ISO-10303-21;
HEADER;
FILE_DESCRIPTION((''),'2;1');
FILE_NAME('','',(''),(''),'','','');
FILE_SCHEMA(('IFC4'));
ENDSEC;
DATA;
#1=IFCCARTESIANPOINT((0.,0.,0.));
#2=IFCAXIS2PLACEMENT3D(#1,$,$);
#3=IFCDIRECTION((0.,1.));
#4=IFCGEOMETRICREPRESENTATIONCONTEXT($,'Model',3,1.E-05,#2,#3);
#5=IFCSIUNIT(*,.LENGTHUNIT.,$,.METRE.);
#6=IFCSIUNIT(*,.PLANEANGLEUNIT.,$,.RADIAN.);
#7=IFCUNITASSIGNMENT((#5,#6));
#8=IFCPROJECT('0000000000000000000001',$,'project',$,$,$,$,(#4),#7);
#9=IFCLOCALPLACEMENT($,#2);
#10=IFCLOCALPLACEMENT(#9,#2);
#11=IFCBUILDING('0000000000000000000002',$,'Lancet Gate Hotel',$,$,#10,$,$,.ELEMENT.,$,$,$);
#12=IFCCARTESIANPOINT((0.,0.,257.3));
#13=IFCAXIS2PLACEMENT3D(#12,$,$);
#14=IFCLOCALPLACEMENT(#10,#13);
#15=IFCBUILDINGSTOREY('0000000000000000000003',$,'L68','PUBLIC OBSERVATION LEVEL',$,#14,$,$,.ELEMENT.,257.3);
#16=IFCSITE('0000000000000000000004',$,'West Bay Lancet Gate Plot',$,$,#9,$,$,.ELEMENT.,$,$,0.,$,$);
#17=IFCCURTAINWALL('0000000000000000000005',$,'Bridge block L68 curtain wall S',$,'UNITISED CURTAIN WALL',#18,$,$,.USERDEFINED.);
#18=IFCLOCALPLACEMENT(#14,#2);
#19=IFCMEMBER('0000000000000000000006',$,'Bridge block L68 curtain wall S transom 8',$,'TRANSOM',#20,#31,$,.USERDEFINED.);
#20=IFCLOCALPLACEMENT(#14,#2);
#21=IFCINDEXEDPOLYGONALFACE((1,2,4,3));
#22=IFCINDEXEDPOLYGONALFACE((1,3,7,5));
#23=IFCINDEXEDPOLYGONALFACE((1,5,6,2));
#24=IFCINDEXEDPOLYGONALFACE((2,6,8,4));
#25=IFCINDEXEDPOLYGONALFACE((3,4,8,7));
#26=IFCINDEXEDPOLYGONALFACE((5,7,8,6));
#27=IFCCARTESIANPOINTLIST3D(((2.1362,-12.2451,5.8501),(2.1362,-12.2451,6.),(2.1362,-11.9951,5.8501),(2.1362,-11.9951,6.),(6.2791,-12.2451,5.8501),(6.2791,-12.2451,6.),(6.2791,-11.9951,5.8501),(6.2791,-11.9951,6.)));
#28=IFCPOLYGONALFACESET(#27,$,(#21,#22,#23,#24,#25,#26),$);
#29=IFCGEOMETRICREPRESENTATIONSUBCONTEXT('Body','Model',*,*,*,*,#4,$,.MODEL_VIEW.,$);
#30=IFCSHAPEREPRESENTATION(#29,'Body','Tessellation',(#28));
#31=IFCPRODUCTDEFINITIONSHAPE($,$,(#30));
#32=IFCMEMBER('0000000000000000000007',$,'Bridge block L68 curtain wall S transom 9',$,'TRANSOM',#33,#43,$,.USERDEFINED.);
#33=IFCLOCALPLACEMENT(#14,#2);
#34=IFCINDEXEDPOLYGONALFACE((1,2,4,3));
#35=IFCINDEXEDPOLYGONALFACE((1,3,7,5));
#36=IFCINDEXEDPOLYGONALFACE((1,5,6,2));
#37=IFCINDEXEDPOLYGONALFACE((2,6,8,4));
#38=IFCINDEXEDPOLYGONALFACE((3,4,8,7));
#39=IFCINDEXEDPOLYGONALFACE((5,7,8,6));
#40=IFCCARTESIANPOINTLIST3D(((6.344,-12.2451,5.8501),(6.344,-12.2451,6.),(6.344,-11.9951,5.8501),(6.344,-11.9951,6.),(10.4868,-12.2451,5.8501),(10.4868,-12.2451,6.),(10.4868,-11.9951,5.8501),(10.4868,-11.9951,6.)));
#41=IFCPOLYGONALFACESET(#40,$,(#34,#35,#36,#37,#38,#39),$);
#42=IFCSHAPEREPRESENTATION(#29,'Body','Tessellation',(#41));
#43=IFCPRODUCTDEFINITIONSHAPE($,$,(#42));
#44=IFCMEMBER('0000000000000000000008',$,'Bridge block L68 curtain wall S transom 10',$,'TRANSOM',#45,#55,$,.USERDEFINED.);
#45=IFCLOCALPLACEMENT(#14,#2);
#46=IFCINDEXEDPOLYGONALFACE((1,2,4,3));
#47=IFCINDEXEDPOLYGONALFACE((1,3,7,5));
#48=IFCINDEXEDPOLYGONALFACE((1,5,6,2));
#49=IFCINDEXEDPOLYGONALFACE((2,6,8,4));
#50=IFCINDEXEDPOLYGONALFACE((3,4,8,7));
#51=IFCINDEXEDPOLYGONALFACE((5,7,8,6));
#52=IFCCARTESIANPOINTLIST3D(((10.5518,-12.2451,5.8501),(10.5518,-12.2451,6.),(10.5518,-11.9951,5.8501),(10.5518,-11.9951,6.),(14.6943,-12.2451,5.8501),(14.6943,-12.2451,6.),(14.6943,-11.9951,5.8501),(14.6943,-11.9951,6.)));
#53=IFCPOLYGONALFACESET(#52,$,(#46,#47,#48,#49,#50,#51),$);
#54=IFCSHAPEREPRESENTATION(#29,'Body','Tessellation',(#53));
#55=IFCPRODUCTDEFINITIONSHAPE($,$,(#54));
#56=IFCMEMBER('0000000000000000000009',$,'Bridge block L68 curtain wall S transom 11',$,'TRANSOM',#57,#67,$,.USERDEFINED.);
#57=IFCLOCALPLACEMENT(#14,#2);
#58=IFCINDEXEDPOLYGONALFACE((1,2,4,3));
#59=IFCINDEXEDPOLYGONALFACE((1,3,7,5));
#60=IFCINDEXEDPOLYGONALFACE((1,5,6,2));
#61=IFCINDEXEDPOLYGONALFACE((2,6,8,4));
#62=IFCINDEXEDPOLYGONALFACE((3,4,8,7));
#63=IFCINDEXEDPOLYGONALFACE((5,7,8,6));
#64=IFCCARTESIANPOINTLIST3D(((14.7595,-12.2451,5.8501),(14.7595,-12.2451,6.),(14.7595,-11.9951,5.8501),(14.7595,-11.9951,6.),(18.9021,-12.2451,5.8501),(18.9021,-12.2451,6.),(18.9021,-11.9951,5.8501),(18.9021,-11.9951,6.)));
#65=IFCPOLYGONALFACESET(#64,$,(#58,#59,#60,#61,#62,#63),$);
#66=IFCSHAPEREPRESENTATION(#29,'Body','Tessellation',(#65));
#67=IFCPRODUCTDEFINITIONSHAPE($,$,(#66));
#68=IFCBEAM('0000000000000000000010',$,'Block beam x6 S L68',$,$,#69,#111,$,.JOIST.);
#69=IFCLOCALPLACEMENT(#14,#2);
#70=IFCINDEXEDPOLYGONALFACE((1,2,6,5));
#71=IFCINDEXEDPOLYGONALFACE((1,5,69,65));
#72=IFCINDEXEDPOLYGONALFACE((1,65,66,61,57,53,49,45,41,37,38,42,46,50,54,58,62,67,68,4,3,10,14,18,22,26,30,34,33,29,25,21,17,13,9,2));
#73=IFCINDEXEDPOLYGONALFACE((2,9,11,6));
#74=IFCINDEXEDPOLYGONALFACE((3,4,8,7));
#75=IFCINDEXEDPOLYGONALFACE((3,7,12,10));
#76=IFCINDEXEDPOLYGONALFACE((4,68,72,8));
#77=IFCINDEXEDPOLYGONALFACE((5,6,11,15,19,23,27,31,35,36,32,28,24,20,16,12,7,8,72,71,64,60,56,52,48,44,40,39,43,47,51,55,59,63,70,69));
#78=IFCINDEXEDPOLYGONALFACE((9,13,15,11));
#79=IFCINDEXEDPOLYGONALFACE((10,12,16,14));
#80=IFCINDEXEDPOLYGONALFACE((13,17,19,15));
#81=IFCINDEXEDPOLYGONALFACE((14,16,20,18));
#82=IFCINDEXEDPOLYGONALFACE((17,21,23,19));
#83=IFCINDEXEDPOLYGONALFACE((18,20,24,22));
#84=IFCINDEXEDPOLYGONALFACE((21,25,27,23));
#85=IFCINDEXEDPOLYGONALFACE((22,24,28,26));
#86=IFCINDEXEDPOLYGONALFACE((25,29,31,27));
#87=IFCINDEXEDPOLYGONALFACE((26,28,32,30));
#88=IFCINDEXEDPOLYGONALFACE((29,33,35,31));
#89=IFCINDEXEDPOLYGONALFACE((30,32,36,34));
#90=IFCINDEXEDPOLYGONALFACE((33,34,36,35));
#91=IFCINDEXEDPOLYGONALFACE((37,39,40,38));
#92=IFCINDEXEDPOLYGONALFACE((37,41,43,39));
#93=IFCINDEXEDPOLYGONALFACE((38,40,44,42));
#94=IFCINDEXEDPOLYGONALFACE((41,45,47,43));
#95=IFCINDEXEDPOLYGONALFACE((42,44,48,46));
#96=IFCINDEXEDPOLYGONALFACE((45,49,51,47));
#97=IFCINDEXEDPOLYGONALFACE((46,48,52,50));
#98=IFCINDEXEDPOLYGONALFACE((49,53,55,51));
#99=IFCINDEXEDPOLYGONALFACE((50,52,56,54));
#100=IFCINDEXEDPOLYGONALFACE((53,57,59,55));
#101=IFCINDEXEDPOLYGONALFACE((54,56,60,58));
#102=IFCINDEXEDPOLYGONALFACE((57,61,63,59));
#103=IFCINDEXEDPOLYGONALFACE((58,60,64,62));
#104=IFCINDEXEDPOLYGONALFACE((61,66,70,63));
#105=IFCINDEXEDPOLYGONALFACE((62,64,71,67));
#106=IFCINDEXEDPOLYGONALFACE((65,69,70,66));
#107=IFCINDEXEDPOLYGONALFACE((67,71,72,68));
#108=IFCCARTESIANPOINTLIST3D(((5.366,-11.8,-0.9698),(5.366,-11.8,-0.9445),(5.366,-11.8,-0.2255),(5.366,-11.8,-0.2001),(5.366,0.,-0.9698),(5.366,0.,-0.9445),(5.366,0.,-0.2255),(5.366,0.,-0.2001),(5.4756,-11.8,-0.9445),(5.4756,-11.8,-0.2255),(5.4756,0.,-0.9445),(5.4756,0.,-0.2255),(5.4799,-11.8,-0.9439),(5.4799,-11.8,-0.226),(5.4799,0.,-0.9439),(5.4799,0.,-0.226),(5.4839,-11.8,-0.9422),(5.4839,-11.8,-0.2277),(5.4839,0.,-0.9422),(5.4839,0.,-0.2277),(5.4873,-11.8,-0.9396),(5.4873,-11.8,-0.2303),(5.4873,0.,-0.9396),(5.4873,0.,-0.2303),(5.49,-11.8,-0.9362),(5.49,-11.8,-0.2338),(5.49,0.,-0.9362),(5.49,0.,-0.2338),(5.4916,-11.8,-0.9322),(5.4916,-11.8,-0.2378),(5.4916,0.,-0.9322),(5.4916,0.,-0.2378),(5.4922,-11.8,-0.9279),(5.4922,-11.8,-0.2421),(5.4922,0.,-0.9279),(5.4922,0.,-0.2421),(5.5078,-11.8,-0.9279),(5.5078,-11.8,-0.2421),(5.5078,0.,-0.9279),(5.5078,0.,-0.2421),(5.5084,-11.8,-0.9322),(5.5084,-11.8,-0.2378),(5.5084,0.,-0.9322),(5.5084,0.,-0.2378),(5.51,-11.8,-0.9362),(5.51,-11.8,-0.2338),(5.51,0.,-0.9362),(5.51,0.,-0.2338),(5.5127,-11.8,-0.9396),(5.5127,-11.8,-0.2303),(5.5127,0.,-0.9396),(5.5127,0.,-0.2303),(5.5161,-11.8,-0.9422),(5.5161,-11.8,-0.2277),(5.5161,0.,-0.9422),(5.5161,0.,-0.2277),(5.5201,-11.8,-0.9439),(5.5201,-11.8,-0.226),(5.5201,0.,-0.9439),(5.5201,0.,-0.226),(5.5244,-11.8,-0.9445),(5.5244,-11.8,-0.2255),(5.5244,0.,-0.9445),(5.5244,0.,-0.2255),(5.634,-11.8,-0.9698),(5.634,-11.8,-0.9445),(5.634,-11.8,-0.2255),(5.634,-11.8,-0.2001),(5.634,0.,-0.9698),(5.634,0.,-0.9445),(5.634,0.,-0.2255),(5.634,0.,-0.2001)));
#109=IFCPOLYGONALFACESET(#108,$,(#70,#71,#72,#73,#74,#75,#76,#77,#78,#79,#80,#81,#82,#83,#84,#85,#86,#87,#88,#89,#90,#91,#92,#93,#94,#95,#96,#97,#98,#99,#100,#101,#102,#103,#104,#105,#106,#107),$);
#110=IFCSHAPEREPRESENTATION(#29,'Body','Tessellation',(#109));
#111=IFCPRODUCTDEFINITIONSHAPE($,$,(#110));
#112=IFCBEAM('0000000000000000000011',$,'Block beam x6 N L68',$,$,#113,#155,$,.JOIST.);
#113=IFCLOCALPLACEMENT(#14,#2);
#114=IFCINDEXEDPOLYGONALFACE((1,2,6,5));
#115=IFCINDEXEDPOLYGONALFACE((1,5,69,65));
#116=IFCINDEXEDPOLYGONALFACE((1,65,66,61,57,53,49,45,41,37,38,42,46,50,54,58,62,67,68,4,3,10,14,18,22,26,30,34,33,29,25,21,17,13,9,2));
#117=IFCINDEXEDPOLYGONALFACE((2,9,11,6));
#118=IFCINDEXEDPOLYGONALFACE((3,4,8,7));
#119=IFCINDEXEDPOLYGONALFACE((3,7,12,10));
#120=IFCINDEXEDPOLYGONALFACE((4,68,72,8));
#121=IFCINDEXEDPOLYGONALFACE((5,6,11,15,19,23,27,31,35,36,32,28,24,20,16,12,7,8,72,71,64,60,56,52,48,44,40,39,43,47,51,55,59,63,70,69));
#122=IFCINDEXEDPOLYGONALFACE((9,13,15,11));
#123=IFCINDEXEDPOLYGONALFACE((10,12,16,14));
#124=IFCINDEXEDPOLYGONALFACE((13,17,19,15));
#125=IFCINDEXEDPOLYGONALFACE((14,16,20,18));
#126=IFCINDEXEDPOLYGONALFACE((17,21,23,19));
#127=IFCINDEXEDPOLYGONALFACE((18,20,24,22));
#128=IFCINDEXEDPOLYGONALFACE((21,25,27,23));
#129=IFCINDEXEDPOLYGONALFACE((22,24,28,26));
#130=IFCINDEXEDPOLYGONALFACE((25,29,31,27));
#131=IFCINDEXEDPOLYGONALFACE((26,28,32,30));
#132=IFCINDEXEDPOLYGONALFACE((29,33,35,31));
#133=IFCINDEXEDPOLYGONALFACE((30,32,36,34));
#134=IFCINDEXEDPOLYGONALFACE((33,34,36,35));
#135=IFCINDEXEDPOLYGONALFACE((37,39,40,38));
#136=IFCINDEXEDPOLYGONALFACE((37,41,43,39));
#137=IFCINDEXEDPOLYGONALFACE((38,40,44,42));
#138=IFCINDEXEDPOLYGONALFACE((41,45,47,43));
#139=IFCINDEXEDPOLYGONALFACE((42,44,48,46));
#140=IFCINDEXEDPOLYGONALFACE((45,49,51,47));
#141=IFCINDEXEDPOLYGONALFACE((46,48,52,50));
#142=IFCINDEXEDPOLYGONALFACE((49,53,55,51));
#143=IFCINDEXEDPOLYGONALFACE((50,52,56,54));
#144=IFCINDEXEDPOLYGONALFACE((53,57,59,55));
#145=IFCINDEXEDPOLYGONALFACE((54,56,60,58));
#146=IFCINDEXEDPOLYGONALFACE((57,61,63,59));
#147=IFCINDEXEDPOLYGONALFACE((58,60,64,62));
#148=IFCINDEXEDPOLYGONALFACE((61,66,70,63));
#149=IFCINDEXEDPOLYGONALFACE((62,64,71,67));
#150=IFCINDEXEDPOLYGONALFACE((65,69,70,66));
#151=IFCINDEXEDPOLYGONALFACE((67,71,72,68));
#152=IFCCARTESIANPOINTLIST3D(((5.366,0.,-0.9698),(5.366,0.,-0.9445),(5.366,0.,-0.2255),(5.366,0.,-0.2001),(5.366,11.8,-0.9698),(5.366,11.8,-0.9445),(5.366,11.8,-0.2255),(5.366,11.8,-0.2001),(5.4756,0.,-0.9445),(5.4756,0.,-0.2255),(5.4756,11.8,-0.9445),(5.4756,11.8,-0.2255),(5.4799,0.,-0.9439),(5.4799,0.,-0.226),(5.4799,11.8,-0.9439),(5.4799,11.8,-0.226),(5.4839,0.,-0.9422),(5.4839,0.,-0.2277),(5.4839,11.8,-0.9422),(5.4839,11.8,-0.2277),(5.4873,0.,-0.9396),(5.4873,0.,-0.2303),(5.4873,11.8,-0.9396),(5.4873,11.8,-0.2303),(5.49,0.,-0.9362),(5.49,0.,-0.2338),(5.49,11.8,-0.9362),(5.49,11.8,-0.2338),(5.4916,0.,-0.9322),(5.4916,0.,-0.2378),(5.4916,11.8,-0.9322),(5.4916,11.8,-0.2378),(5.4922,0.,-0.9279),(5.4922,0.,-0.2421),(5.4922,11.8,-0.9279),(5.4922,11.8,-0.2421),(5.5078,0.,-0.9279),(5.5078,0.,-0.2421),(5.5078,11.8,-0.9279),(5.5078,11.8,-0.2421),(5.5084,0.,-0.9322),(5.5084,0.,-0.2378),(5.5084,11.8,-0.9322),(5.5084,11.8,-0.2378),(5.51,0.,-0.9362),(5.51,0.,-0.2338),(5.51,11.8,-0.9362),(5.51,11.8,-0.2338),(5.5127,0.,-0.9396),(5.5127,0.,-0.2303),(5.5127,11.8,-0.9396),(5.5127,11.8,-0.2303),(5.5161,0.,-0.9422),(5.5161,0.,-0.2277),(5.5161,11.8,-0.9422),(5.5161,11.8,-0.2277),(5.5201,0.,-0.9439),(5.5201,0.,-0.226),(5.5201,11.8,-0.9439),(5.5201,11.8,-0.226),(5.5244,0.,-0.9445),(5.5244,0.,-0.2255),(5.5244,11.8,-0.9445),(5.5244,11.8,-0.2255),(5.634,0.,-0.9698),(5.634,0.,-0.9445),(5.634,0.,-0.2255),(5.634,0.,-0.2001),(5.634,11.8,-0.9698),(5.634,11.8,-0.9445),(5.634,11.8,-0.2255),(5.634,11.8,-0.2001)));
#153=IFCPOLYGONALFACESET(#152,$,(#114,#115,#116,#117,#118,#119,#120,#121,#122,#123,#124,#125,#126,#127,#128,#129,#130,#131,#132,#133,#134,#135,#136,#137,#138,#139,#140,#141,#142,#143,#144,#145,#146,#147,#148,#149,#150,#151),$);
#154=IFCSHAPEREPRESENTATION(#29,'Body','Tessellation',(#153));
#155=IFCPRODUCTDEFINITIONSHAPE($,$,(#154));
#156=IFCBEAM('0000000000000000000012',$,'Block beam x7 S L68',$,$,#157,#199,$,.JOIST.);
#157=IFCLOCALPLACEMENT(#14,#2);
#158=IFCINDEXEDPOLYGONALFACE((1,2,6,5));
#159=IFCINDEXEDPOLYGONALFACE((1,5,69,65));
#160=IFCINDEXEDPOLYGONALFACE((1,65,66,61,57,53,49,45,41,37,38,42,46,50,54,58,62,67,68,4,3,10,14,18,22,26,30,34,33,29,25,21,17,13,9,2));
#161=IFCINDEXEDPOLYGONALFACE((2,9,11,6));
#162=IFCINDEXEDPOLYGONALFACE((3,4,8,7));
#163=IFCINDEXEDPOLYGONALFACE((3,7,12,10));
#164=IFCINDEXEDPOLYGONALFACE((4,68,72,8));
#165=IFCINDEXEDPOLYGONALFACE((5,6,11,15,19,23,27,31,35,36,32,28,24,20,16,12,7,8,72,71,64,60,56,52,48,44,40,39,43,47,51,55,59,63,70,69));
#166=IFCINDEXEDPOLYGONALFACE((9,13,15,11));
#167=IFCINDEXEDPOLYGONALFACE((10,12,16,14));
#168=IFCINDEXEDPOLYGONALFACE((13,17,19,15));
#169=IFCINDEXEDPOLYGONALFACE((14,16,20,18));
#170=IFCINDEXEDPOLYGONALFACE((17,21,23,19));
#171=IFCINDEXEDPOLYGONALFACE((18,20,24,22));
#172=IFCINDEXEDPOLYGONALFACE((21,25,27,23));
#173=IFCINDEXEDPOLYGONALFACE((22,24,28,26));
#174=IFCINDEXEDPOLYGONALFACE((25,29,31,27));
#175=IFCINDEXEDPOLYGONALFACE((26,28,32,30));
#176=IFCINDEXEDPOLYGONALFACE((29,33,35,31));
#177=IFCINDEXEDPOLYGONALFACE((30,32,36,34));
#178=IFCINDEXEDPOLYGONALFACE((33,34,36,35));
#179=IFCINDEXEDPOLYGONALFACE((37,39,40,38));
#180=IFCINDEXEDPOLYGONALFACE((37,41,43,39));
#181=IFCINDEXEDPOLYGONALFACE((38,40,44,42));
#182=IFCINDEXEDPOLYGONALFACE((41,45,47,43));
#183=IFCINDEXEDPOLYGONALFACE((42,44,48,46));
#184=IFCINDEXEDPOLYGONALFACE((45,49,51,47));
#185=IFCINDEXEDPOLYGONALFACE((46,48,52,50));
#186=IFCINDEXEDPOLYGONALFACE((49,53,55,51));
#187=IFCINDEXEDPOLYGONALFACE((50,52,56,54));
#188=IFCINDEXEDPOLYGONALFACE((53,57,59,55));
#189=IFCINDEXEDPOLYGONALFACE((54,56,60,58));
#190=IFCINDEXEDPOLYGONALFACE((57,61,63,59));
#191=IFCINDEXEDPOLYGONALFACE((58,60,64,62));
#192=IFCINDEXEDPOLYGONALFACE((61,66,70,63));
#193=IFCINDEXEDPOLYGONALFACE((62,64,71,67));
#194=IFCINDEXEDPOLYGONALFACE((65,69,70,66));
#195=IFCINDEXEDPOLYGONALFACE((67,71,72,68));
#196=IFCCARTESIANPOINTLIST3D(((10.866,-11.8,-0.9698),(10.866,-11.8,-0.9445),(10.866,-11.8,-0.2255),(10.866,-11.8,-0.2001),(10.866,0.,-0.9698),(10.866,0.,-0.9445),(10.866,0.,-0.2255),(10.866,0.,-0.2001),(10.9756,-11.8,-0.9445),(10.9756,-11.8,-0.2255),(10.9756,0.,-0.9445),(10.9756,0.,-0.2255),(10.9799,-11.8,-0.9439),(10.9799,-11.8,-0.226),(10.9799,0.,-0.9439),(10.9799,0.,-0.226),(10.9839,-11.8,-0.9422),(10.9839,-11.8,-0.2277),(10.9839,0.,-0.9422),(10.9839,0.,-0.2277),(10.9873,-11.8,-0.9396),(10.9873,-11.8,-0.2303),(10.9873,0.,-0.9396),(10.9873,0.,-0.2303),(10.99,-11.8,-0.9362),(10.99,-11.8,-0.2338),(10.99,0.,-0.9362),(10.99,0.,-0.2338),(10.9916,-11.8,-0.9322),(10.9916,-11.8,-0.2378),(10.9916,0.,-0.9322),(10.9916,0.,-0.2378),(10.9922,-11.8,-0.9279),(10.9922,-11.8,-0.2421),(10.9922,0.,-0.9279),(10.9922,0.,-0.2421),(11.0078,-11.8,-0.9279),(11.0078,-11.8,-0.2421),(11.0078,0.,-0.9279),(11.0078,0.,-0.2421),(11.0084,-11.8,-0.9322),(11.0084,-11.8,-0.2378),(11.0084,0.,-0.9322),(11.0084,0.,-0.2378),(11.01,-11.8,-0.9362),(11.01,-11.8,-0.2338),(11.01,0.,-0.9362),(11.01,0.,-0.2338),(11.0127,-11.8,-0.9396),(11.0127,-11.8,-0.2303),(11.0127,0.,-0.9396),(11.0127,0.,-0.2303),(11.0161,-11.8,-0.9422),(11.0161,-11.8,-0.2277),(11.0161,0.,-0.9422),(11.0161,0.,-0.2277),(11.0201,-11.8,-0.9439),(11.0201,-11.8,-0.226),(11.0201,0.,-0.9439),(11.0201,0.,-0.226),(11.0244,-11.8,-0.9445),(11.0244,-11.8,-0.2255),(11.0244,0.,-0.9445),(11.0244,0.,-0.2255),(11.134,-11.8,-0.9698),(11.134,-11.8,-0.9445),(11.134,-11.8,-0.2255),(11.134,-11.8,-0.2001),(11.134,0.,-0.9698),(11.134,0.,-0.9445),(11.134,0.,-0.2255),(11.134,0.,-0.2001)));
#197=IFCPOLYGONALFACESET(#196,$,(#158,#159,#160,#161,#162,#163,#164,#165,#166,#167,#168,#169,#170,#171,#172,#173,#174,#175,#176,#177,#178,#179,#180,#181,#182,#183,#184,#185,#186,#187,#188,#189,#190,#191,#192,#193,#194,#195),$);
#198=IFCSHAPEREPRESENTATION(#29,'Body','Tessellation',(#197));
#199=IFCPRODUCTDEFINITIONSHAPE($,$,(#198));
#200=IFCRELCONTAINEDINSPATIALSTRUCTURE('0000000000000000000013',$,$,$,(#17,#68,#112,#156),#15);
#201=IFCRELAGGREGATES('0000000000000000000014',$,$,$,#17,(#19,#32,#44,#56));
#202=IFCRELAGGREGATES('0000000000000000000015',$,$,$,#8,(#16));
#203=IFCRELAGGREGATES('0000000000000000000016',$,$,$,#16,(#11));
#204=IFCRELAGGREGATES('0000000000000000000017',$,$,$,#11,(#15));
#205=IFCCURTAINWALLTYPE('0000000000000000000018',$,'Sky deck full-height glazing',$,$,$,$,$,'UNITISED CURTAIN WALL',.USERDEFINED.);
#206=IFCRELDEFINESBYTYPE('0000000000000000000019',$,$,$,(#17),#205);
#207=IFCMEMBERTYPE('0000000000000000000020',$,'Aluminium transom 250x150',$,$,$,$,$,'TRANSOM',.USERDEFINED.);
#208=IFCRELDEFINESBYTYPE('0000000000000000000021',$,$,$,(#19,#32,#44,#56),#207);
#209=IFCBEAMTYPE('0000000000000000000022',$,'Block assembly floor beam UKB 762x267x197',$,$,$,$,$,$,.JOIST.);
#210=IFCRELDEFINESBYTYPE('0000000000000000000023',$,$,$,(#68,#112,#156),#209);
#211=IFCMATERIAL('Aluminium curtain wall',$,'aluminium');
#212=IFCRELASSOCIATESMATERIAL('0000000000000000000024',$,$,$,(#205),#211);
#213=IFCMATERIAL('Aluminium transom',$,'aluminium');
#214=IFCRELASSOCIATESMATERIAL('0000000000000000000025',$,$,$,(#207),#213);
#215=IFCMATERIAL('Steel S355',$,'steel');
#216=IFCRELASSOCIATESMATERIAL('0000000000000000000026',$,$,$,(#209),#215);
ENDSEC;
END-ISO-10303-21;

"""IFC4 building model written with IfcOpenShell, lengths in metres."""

from ifc_helpers import new_model, si_unit, direction, frame, origin, origin_2d, place, context, subcontext, project, spatial, rectangle, i_section, extrude, material, material_profile, profile_set, type_object, element, aggregate, save


model = new_model("IFC4")

# Units and contexts
model_context = context("Model", 3, precision=1e-05, world=origin(), true_north=direction((0.0, 1.0)))
body_context = subcontext(model_context, "Body", "Model", "MODEL_VIEW")
ifc_project = project(units=[si_unit("LENGTHUNIT", "METRE"), si_unit("PLANEANGLEUNIT", "RADIAN")], contexts=[model_context])

# Site, building, storey
site_placement = place(None, origin())
site = spatial("IfcSite", under=ifc_project, at=site_placement, Name="West Bay Lancet Gate Plot", CompositionType="ELEMENT", RefElevation=0.0)
building_placement = place(site_placement, origin())
building = spatial("IfcBuilding", under=site, at=building_placement, Name="Lancet Gate Hotel", CompositionType="ELEMENT")
storey_placement = place(building_placement, frame((0.0, 0.0, 257.3)))
storey = spatial("IfcBuildingStorey", under=building, at=storey_placement, Name="L68", Description="PUBLIC OBSERVATION LEVEL", CompositionType="ELEMENT", Elevation=257.3)

# Curtain wall, members
ifc_material_1 = material(Name="Aluminium curtain wall", Category="aluminium")
curtain_wall_type = type_object("IfcCurtainWallType", Name="Sky deck full-height glazing", ElementType="UNITISED CURTAIN WALL", PredefinedType="USERDEFINED", material=ifc_material_1)
curtain_wall_placement = place(storey_placement, origin())
curtain_wall = element("IfcCurtainWall", 1, at=curtain_wall_placement, inside=storey, type_object=curtain_wall_type, Name="Bridge block L68 curtain wall S", ObjectType="UNITISED CURTAIN WALL", PredefinedType="USERDEFINED")
ifc_material_2 = material(Name="Aluminium transom", Category="aluminium")
ifc_material_profile_1 = material_profile(ifc_material_2, rectangle(XDim=0.25, YDim=0.1499, at=origin_2d()), Name="TRANSOM 250x150")
ifc_profile_set_1 = profile_set([ifc_material_profile_1], Name="Aluminium transom")
member_type_1 = type_object("IfcMemberType", Name="Aluminium transom 250x150", ElementType="TRANSOM", PredefinedType="USERDEFINED", material=ifc_profile_set_1)
member_1_placement = place(storey_placement, frame((2.1362, -12.1201, 5.925), z_axis=(1.0, 0.0, 0.0), x_axis=(0.0, 1.0, 0.0)))
member_1 = element("IfcMember", 2, at=member_1_placement, type_object=member_type_1, Name="Bridge block L68 curtain wall S transom 8", ObjectType="TRANSOM", PredefinedType="USERDEFINED", context=body_context, shape_type="SweptSolid", body=[
    extrude(rectangle(XDim=0.25, YDim=0.1499, at=origin_2d()), origin(), (0.0, 0.0, 1.0), 4.1428),
])
member_2_placement = place(storey_placement, frame((6.344, -12.1201, 5.925), z_axis=(1.0, 0.0, 0.0), x_axis=(0.0, 1.0, 0.0)))
member_2 = element("IfcMember", 3, at=member_2_placement, type_object=member_type_1, Name="Bridge block L68 curtain wall S transom 9", ObjectType="TRANSOM", PredefinedType="USERDEFINED", context=body_context, shape_type="SweptSolid", body=[
    extrude(rectangle(XDim=0.25, YDim=0.1499, at=origin_2d()), origin(), (0.0, 0.0, 1.0), 4.1428),
])
member_3_placement = place(storey_placement, frame((10.5518, -12.1201, 5.925), z_axis=(1.0, 0.0, 0.0), x_axis=(0.0, 1.0, 0.0)))
member_3 = element("IfcMember", 4, at=member_3_placement, type_object=member_type_1, Name="Bridge block L68 curtain wall S transom 10", ObjectType="TRANSOM", PredefinedType="USERDEFINED", context=body_context, shape_type="SweptSolid", body=[
    extrude(rectangle(XDim=0.25, YDim=0.1499, at=origin_2d()), origin(), (0.0, 0.0, 1.0), 4.1426),
])
member_4_placement = place(storey_placement, frame((14.7595, -12.1201, 5.925), z_axis=(1.0, 0.0, 0.0), x_axis=(0.0, 1.0, 0.0)))
member_4 = element("IfcMember", 5, at=member_4_placement, type_object=member_type_1, Name="Bridge block L68 curtain wall S transom 11", ObjectType="TRANSOM", PredefinedType="USERDEFINED", context=body_context, shape_type="SweptSolid", body=[
    extrude(rectangle(XDim=0.25, YDim=0.1499, at=origin_2d()), origin(), (0.0, 0.0, 1.0), 4.1426),
])

# Beams
ifc_material_3 = material(Name="Steel S355", Category="steel")
ifc_material_profile_2 = material_profile(ifc_material_3, i_section(OverallWidth=0.2681, OverallDepth=0.7698, WebThickness=0.0156, FlangeThickness=0.0254, FilletRadius=0.0166, at=origin_2d()), Name="UKB 762x267x197")
ifc_profile_set_2 = profile_set([ifc_material_profile_2], Name="Steel S355")
beam_type_1 = type_object("IfcBeamType", Name="Block assembly floor beam UKB 762x267x197", PredefinedType="JOIST", material=ifc_profile_set_2)
for number, where, z_axis, x_axis, name in (
    (6, (5.5, -11.8, -0.585), (0.0, 1.0, 0.0), (-1.0, 0.0, 0.0), "Block beam x6 S L68"),
    (7, (5.5, 0.0, -0.585), (0.0, 1.0, 0.0), (-1.0, 0.0, 0.0), "Block beam x6 N L68"),
    (8, (11.0, -11.8, -0.585), (0.0, 1.0, 0.0), (-1.0, 0.0, 0.0), "Block beam x7 S L68"),
):
    element("IfcBeam", number, at=place(storey_placement, frame(where, z_axis=z_axis, x_axis=x_axis)), inside=storey, type_object=beam_type_1, Name=name, PredefinedType="JOIST", context=body_context, shape_type="SweptSolid", body=[
        extrude(i_section(OverallWidth=0.2681, OverallDepth=0.7698, WebThickness=0.0156, FlangeThickness=0.0254, FilletRadius=0.0166, at=origin_2d()), origin(), (0.0, 0.0, 1.0), 11.8),
    ])

aggregate(curtain_wall, [member_1, member_2, member_3, member_4])

save(model, "model.ifc")
